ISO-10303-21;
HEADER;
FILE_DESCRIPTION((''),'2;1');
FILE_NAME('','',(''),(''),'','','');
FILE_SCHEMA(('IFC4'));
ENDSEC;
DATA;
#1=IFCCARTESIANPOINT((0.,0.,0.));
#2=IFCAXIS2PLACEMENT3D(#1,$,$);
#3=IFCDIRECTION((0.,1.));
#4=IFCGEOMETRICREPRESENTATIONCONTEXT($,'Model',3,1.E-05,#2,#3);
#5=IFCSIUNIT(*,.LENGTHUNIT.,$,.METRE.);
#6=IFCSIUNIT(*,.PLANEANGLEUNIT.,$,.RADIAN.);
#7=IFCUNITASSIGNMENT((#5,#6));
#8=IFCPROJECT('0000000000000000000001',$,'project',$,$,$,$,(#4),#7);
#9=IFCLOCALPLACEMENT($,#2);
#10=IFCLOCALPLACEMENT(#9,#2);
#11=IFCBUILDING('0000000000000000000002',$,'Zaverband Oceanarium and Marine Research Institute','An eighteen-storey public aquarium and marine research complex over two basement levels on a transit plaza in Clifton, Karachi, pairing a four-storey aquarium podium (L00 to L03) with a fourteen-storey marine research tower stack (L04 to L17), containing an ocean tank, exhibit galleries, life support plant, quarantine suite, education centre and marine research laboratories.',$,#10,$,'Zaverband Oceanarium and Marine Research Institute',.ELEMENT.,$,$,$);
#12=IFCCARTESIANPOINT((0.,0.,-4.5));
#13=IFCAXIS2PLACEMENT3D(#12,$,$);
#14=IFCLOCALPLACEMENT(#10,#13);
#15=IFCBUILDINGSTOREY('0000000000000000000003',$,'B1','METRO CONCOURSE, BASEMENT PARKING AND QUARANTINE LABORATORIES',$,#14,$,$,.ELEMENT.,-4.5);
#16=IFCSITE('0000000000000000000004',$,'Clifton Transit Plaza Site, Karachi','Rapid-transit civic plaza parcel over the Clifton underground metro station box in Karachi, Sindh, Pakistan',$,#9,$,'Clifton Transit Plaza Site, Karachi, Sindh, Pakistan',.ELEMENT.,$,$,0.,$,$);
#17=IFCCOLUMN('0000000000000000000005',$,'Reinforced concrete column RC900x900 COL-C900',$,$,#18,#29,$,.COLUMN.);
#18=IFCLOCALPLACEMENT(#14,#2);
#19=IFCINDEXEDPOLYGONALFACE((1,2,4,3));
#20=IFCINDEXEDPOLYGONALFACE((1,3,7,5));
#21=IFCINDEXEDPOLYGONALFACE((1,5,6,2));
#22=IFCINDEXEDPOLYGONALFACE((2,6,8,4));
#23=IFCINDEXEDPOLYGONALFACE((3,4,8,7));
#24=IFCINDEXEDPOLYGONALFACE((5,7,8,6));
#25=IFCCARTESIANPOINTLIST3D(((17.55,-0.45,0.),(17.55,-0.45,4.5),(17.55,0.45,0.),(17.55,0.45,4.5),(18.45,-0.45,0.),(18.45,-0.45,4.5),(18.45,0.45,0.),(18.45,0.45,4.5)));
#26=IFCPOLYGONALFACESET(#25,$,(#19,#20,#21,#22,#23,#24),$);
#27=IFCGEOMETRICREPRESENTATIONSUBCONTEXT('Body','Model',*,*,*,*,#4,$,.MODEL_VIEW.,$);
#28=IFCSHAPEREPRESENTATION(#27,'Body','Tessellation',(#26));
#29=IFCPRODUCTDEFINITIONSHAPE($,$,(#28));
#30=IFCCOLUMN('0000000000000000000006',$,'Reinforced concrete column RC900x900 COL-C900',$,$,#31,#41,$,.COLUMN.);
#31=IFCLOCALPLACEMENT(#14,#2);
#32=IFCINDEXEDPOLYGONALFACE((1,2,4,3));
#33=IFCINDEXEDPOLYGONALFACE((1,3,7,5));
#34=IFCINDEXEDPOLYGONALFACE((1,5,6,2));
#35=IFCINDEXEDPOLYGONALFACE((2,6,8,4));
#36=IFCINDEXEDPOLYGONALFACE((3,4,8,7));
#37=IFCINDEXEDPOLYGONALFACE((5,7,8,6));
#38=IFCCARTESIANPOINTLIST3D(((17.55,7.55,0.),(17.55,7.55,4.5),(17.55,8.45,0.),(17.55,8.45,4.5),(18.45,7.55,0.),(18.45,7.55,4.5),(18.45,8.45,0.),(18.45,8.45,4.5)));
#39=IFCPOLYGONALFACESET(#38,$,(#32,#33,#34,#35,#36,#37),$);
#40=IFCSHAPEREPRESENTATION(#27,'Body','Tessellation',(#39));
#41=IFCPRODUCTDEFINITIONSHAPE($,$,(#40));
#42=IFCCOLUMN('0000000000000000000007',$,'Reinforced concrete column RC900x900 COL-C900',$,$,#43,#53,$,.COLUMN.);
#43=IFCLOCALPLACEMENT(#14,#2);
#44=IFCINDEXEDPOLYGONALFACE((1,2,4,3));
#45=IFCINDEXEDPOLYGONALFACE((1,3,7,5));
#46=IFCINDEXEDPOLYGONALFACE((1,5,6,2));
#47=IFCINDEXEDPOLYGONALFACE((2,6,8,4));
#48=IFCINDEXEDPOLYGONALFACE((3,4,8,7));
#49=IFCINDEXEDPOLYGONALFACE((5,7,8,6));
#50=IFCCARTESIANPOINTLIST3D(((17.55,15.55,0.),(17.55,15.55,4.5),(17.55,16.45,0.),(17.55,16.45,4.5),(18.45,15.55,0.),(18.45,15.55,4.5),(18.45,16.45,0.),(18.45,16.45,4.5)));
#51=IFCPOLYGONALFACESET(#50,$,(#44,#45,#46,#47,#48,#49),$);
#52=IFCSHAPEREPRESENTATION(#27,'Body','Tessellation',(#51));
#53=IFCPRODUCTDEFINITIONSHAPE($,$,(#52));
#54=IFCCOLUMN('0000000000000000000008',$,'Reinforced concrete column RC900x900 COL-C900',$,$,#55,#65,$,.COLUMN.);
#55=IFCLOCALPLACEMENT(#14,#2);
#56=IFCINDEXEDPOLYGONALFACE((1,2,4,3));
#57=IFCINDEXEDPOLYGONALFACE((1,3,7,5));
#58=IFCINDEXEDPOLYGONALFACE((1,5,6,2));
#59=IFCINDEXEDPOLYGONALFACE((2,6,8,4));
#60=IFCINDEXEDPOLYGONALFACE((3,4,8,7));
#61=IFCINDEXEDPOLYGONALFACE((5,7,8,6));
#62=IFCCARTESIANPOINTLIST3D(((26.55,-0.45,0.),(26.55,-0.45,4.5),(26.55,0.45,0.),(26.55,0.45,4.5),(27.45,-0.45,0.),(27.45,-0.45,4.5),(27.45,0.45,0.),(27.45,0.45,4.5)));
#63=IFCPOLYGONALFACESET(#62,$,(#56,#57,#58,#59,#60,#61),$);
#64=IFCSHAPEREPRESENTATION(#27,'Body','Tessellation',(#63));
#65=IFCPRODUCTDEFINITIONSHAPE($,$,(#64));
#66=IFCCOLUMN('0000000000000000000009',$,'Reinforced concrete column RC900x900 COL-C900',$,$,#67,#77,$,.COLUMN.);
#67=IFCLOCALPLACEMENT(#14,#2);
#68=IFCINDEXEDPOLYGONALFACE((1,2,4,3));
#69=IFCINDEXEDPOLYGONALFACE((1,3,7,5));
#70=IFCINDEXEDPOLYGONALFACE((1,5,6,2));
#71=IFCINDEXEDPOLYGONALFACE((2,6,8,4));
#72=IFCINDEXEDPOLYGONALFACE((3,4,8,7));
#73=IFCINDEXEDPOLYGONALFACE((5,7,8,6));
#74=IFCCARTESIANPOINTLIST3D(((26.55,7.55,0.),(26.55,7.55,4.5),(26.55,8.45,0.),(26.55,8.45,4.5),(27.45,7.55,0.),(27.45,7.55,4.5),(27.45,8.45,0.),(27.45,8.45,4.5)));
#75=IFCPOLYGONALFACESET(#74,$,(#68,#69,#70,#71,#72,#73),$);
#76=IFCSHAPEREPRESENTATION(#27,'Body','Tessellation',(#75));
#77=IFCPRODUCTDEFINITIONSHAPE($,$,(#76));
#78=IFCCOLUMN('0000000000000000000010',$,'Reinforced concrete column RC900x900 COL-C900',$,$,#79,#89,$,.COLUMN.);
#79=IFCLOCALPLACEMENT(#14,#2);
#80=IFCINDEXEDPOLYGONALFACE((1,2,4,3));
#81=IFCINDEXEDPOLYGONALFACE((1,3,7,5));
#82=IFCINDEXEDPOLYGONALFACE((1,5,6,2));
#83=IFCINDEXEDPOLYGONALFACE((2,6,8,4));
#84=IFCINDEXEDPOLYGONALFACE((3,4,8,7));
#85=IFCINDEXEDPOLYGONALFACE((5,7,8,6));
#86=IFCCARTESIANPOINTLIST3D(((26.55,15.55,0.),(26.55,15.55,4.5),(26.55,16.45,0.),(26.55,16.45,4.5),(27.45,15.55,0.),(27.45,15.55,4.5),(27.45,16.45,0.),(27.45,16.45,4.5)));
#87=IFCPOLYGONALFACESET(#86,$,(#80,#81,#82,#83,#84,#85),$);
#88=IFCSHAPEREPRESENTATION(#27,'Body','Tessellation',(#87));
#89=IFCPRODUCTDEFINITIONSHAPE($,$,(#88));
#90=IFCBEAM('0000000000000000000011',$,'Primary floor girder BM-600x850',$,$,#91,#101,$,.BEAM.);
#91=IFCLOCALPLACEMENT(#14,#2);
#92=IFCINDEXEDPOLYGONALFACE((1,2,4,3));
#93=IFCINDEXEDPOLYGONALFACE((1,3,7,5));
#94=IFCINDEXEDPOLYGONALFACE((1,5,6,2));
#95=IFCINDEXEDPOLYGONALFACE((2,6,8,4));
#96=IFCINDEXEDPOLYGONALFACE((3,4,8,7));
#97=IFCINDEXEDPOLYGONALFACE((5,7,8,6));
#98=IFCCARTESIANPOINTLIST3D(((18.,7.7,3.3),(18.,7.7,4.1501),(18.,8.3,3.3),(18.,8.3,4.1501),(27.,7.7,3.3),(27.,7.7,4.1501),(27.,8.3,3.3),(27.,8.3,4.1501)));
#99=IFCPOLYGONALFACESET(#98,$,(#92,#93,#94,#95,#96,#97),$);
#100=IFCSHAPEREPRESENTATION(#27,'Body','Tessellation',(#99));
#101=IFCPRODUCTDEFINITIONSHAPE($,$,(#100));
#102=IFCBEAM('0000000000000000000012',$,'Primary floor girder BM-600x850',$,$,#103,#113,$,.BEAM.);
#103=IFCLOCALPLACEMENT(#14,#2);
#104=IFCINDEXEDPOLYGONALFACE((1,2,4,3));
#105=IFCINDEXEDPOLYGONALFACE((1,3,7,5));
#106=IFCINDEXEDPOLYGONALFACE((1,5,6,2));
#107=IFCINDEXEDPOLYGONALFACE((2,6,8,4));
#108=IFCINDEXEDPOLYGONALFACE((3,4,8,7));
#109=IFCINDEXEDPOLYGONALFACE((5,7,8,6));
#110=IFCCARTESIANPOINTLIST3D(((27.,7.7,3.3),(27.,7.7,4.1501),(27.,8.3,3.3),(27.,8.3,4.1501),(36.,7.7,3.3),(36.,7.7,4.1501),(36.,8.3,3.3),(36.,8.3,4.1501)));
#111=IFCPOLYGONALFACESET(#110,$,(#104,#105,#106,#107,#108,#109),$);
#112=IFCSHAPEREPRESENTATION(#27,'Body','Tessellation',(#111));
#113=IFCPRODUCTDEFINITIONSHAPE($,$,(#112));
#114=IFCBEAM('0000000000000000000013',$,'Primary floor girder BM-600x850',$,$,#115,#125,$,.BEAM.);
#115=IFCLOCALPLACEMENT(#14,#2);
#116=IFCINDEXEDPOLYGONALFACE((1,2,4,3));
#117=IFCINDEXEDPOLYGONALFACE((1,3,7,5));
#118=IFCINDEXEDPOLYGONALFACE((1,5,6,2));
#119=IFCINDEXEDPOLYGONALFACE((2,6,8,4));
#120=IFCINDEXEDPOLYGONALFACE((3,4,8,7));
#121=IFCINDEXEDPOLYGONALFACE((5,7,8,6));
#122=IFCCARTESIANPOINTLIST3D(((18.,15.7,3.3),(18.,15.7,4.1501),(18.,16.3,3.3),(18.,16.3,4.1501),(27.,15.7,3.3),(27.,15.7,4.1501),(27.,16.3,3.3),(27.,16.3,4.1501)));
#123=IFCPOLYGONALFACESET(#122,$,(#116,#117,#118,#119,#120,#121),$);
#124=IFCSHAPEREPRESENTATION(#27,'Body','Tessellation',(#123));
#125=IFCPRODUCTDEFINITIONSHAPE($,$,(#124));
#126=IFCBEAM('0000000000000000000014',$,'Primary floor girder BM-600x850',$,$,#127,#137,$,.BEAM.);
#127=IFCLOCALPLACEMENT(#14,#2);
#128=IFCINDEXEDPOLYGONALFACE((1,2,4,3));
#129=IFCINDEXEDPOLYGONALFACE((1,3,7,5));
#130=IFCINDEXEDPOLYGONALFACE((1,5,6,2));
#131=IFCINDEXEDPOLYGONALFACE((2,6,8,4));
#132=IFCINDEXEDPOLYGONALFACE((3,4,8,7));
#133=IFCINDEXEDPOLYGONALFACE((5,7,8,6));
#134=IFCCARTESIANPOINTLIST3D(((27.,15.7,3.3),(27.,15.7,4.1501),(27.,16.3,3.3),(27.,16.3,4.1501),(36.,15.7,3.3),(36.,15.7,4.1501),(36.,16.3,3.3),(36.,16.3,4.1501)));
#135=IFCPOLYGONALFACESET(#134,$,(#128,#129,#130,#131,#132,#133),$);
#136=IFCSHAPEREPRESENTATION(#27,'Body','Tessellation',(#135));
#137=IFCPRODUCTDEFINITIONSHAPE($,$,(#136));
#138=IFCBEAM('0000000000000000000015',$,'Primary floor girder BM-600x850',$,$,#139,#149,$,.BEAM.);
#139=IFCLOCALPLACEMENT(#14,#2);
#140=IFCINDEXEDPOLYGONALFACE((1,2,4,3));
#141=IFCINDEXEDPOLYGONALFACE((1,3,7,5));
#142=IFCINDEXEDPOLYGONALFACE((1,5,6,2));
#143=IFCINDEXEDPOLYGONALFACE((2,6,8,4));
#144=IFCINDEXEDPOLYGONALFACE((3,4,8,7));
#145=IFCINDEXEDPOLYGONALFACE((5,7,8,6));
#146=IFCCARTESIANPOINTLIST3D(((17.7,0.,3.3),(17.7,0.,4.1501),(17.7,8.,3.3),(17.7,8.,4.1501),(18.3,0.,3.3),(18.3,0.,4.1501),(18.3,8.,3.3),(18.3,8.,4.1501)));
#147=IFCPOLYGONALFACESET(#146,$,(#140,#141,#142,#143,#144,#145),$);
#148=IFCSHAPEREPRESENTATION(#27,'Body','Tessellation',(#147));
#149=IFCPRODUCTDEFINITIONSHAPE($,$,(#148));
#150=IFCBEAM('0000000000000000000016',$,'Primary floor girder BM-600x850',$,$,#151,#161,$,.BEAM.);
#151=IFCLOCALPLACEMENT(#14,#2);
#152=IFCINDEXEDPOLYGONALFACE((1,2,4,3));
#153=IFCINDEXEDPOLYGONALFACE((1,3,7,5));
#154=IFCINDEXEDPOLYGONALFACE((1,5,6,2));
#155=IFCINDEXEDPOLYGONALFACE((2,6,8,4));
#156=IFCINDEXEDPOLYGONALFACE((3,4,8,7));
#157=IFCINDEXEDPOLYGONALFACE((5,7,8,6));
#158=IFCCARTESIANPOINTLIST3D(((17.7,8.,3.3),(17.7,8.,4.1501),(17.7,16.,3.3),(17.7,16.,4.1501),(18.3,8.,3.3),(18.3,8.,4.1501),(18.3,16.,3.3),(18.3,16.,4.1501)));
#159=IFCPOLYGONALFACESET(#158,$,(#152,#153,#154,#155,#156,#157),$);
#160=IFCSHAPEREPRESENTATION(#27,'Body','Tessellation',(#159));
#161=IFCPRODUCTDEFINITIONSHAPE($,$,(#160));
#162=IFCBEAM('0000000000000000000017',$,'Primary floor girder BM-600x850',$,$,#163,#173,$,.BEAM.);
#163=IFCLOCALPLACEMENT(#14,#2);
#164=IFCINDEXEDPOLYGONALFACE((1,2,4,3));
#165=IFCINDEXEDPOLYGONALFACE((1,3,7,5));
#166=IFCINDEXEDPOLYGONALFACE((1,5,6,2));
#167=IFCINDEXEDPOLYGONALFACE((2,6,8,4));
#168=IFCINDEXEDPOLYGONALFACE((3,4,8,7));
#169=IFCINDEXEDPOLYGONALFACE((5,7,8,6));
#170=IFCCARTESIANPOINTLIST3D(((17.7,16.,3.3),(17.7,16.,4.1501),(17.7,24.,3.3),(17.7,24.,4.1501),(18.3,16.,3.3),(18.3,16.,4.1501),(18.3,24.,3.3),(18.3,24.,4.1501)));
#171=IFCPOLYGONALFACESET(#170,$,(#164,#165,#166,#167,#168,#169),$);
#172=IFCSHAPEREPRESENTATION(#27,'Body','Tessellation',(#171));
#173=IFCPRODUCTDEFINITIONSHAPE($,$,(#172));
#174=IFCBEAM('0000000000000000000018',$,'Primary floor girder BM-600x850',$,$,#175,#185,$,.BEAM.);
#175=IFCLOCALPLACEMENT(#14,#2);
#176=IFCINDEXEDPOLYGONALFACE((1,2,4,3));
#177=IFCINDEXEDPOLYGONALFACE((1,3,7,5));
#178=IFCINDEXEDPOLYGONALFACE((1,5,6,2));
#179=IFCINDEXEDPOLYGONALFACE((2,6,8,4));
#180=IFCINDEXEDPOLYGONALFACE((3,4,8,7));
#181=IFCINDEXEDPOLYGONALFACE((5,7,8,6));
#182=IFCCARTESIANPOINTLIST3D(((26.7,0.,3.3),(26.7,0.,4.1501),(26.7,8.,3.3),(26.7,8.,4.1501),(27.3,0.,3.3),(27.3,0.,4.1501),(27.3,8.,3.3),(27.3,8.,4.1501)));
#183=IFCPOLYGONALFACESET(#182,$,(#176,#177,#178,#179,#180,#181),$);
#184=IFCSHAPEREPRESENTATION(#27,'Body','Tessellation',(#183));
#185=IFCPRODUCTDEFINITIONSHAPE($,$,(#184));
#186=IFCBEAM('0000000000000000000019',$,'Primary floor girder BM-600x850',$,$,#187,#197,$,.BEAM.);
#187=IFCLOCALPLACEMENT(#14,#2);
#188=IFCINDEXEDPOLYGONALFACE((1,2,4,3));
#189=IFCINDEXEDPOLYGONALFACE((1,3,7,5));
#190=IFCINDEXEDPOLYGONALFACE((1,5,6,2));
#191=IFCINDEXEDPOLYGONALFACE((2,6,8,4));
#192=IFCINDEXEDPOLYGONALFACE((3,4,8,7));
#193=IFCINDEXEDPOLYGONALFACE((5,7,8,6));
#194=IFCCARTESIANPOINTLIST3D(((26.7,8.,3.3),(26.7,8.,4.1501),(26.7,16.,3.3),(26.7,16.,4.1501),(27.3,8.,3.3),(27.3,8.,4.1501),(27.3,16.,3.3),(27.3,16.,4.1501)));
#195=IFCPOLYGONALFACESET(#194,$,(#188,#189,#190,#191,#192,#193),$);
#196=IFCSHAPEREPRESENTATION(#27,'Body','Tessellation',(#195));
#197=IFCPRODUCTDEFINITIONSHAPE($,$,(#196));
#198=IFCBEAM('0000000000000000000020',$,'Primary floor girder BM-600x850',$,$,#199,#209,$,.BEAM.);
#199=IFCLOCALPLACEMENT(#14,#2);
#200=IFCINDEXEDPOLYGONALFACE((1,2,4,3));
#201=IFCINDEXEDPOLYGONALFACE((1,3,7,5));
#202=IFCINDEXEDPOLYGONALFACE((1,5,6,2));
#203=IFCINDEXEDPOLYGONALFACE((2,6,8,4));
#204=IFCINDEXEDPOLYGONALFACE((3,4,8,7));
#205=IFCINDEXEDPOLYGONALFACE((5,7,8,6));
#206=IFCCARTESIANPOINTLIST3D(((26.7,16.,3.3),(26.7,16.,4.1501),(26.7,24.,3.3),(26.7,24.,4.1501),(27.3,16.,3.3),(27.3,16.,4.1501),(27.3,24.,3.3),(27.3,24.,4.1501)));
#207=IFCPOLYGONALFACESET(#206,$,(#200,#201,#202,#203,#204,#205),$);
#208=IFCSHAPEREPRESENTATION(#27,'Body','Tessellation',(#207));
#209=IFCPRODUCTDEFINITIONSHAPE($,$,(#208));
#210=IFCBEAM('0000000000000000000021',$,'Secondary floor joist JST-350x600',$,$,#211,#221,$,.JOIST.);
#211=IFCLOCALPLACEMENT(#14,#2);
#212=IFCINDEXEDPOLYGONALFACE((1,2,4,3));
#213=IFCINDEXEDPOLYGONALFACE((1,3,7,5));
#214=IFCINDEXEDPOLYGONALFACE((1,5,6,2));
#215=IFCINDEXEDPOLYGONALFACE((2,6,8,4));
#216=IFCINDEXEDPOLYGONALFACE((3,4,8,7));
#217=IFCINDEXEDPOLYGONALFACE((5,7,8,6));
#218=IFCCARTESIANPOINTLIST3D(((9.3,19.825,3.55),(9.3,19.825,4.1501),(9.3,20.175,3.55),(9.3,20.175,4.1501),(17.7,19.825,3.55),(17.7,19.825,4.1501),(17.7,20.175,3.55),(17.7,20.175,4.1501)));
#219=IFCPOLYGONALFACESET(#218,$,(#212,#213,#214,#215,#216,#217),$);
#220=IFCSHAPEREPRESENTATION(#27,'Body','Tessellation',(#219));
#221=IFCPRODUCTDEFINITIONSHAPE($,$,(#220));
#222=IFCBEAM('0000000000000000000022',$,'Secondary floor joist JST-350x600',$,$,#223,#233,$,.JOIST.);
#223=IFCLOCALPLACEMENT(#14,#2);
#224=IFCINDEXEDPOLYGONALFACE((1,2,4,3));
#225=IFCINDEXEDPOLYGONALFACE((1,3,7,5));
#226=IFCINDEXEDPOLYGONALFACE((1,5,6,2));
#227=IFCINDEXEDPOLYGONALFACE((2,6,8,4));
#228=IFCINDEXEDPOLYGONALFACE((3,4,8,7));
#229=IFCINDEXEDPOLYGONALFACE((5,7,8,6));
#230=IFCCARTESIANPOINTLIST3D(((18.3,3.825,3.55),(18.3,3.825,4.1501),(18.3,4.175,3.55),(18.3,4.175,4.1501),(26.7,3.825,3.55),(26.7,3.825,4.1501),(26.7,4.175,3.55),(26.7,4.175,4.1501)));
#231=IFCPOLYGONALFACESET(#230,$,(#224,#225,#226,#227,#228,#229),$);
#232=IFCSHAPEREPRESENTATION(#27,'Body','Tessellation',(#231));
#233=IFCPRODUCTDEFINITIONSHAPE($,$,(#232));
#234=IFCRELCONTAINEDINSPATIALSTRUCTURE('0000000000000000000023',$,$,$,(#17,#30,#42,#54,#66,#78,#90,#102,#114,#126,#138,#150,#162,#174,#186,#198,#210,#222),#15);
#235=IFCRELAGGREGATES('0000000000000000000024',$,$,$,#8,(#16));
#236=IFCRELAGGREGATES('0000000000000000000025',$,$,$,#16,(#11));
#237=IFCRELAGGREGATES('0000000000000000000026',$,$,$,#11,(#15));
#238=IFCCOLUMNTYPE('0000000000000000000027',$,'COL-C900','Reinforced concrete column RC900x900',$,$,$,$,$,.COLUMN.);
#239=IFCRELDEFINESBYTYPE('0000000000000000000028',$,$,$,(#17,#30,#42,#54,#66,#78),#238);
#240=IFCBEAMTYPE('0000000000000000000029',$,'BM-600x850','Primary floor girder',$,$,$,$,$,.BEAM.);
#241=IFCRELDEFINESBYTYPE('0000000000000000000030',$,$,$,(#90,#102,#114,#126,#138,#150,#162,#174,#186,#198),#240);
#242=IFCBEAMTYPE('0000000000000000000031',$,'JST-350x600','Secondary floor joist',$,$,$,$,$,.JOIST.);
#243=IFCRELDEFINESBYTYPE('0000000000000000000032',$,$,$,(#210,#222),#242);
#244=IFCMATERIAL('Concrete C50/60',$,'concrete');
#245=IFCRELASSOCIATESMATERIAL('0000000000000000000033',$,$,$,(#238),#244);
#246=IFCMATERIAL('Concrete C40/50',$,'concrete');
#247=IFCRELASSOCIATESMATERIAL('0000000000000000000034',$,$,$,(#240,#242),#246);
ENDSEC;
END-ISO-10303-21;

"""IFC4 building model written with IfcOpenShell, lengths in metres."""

from ifc_helpers import new_model, si_unit, direction, frame, origin, origin_2d, place, context, subcontext, project, spatial, rectangle, extrude, material, material_profile, profile_set, type_object, element, save


model = new_model("IFC4")

# Units and contexts
model_context = context("Model", 3, precision=1e-05, world=origin(), true_north=direction((0.0, 1.0)))
body_context = subcontext(model_context, "Body", "Model", "MODEL_VIEW")
ifc_project = project(units=[si_unit("LENGTHUNIT", "METRE"), si_unit("PLANEANGLEUNIT", "RADIAN")], contexts=[model_context])

# Site, building, storey
site_placement = place(None, origin())
site = spatial("IfcSite", under=ifc_project, at=site_placement, Name="Clifton Transit Plaza Site, Karachi", Description="Rapid-transit civic plaza parcel over the Clifton underground metro station box in Karachi, Sindh, Pakistan", LongName="Clifton Transit Plaza Site, Karachi, Sindh, Pakistan", CompositionType="ELEMENT", RefElevation=0.0)
building_placement = place(site_placement, origin())
building = spatial("IfcBuilding", under=site, at=building_placement, Name="Zaverband Oceanarium and Marine Research Institute", Description="An eighteen-storey public aquarium and marine research complex over two basement levels on a transit plaza in Clifton, Karachi, pairing a four-storey aquarium podium (L00 to L03) with a fourteen-storey marine research tower stack (L04 to L17), containing an ocean tank, exhibit galleries, life support plant, quarantine suite, education centre and marine research laboratories.", LongName="Zaverband Oceanarium and Marine Research Institute", CompositionType="ELEMENT")
storey_placement = place(building_placement, frame((0.0, 0.0, -4.5)))
storey = spatial("IfcBuildingStorey", under=building, at=storey_placement, Name="B1", Description="METRO CONCOURSE, BASEMENT PARKING AND QUARANTINE LABORATORIES", CompositionType="ELEMENT", Elevation=-4.5)

# Columns
ifc_material_1 = material(Name="Concrete C50/60", Category="concrete")
ifc_material_profile_1 = material_profile(ifc_material_1, rectangle(XDim=0.8999, YDim=0.8999, at=origin_2d()), Name="RC900x900")
ifc_profile_set_1 = profile_set([ifc_material_profile_1], Name="Concrete C50/60")
column_type = type_object("IfcColumnType", Name="COL-C900", Description="Reinforced concrete column RC900x900", PredefinedType="COLUMN", material=ifc_profile_set_1)
for number, where, z_axis, x_axis, name in (
    (1, (18.0, 0.0, 0.0), (0.0, 0.0, 1.0), (1.0, 0.0, 0.0), "Reinforced concrete column RC900x900 COL-C900"),
    (2, (18.0, 8.0, 0.0), (0.0, 0.0, 1.0), (1.0, 0.0, 0.0), "Reinforced concrete column RC900x900 COL-C900"),
    (3, (18.0, 16.0, 0.0), (0.0, 0.0, 1.0), (1.0, 0.0, 0.0), "Reinforced concrete column RC900x900 COL-C900"),
    (4, (27.0, 0.0, 0.0), (0.0, 0.0, 1.0), (1.0, 0.0, 0.0), "Reinforced concrete column RC900x900 COL-C900"),
    (5, (27.0, 8.0, 0.0), (0.0, 0.0, 1.0), (1.0, 0.0, 0.0), "Reinforced concrete column RC900x900 COL-C900"),
    (6, (27.0, 16.0, 0.0), (0.0, 0.0, 1.0), (1.0, 0.0, 0.0), "Reinforced concrete column RC900x900 COL-C900"),
):
    element("IfcColumn", number, at=place(storey_placement, frame(where, z_axis=z_axis, x_axis=x_axis)), inside=storey, type_object=column_type, Name=name, PredefinedType="COLUMN", context=body_context, shape_type="SweptSolid", body=[
        extrude(rectangle(XDim=0.8999, YDim=0.8999, at=origin_2d()), origin(), (0.0, 0.0, 1.0), 4.5),
    ])

# Beams
ifc_material_2 = material(Name="Concrete C40/50", Category="concrete")
ifc_material_profile_2 = material_profile(ifc_material_2, rectangle(XDim=0.6001, YDim=0.8501, at=origin_2d()), Name="RC600x850")
ifc_profile_set_2 = profile_set([ifc_material_profile_2], Name="Concrete C40/50")
beam_type_1 = type_object("IfcBeamType", Name="BM-600x850", Description="Primary floor girder", PredefinedType="BEAM", material=ifc_profile_set_2)
for number, where, z_axis, x_axis, name in (
    (7, (18.0, 8.0, 3.7251), (1.0, 0.0, 0.0), (0.0, 1.0, 0.0), "Primary floor girder BM-600x850"),
    (8, (27.0, 8.0, 3.7251), (1.0, 0.0, 0.0), (0.0, 1.0, 0.0), "Primary floor girder BM-600x850"),
    (9, (18.0, 16.0, 3.7251), (1.0, 0.0, 0.0), (0.0, 1.0, 0.0), "Primary floor girder BM-600x850"),
    (10, (27.0, 16.0, 3.7251), (1.0, 0.0, 0.0), (0.0, 1.0, 0.0), "Primary floor girder BM-600x850"),
):
    element("IfcBeam", number, at=place(storey_placement, frame(where, z_axis=z_axis, x_axis=x_axis)), inside=storey, type_object=beam_type_1, Name=name, PredefinedType="BEAM", context=body_context, shape_type="SweptSolid", body=[
        extrude(rectangle(XDim=0.6001, YDim=0.8501, at=origin_2d()), origin(), (0.0, 0.0, 1.0), 9.0),
    ])
for number, where, z_axis, x_axis, name in (
    (11, (18.0, 0.0, 3.7251), (0.0, 1.0, 0.0), (-1.0, 0.0, 0.0), "Primary floor girder BM-600x850"),
    (12, (18.0, 8.0, 3.7251), (0.0, 1.0, 0.0), (-1.0, 0.0, 0.0), "Primary floor girder BM-600x850"),
    (13, (18.0, 16.0, 3.7251), (0.0, 1.0, 0.0), (-1.0, 0.0, 0.0), "Primary floor girder BM-600x850"),
    (14, (27.0, 0.0, 3.7251), (0.0, 1.0, 0.0), (-1.0, 0.0, 0.0), "Primary floor girder BM-600x850"),
    (15, (27.0, 8.0, 3.7251), (0.0, 1.0, 0.0), (-1.0, 0.0, 0.0), "Primary floor girder BM-600x850"),
    (16, (27.0, 16.0, 3.7251), (0.0, 1.0, 0.0), (-1.0, 0.0, 0.0), "Primary floor girder BM-600x850"),
):
    element("IfcBeam", number, at=place(storey_placement, frame(where, z_axis=z_axis, x_axis=x_axis)), inside=storey, type_object=beam_type_1, Name=name, PredefinedType="BEAM", context=body_context, shape_type="SweptSolid", body=[
        extrude(rectangle(XDim=0.6001, YDim=0.8501, at=origin_2d()), origin(), (0.0, 0.0, 1.0), 8.0),
    ])
ifc_material_profile_3 = material_profile(ifc_material_2, rectangle(XDim=0.3501, YDim=0.6001, at=origin_2d()), Name="RC350x600")
ifc_profile_set_3 = profile_set([ifc_material_profile_3], Name="Concrete C40/50")
beam_type_2 = type_object("IfcBeamType", Name="JST-350x600", Description="Secondary floor joist", PredefinedType="JOIST", material=ifc_profile_set_3)
for number, where, z_axis, x_axis, name in (
    (17, (9.3, 20.0, 3.8501), (1.0, 0.0, 0.0), (0.0, 1.0, 0.0), "Secondary floor joist JST-350x600"),
    (18, (18.3, 4.0, 3.8501), (1.0, 0.0, 0.0), (0.0, 1.0, 0.0), "Secondary floor joist JST-350x600"),
):
    element("IfcBeam", number, at=place(storey_placement, frame(where, z_axis=z_axis, x_axis=x_axis)), inside=storey, type_object=beam_type_2, Name=name, PredefinedType="JOIST", context=body_context, shape_type="SweptSolid", body=[
        extrude(rectangle(XDim=0.3501, YDim=0.6001, at=origin_2d()), origin(), (0.0, 0.0, 1.0), 8.3999),
    ])

save(model, "model.ifc")
